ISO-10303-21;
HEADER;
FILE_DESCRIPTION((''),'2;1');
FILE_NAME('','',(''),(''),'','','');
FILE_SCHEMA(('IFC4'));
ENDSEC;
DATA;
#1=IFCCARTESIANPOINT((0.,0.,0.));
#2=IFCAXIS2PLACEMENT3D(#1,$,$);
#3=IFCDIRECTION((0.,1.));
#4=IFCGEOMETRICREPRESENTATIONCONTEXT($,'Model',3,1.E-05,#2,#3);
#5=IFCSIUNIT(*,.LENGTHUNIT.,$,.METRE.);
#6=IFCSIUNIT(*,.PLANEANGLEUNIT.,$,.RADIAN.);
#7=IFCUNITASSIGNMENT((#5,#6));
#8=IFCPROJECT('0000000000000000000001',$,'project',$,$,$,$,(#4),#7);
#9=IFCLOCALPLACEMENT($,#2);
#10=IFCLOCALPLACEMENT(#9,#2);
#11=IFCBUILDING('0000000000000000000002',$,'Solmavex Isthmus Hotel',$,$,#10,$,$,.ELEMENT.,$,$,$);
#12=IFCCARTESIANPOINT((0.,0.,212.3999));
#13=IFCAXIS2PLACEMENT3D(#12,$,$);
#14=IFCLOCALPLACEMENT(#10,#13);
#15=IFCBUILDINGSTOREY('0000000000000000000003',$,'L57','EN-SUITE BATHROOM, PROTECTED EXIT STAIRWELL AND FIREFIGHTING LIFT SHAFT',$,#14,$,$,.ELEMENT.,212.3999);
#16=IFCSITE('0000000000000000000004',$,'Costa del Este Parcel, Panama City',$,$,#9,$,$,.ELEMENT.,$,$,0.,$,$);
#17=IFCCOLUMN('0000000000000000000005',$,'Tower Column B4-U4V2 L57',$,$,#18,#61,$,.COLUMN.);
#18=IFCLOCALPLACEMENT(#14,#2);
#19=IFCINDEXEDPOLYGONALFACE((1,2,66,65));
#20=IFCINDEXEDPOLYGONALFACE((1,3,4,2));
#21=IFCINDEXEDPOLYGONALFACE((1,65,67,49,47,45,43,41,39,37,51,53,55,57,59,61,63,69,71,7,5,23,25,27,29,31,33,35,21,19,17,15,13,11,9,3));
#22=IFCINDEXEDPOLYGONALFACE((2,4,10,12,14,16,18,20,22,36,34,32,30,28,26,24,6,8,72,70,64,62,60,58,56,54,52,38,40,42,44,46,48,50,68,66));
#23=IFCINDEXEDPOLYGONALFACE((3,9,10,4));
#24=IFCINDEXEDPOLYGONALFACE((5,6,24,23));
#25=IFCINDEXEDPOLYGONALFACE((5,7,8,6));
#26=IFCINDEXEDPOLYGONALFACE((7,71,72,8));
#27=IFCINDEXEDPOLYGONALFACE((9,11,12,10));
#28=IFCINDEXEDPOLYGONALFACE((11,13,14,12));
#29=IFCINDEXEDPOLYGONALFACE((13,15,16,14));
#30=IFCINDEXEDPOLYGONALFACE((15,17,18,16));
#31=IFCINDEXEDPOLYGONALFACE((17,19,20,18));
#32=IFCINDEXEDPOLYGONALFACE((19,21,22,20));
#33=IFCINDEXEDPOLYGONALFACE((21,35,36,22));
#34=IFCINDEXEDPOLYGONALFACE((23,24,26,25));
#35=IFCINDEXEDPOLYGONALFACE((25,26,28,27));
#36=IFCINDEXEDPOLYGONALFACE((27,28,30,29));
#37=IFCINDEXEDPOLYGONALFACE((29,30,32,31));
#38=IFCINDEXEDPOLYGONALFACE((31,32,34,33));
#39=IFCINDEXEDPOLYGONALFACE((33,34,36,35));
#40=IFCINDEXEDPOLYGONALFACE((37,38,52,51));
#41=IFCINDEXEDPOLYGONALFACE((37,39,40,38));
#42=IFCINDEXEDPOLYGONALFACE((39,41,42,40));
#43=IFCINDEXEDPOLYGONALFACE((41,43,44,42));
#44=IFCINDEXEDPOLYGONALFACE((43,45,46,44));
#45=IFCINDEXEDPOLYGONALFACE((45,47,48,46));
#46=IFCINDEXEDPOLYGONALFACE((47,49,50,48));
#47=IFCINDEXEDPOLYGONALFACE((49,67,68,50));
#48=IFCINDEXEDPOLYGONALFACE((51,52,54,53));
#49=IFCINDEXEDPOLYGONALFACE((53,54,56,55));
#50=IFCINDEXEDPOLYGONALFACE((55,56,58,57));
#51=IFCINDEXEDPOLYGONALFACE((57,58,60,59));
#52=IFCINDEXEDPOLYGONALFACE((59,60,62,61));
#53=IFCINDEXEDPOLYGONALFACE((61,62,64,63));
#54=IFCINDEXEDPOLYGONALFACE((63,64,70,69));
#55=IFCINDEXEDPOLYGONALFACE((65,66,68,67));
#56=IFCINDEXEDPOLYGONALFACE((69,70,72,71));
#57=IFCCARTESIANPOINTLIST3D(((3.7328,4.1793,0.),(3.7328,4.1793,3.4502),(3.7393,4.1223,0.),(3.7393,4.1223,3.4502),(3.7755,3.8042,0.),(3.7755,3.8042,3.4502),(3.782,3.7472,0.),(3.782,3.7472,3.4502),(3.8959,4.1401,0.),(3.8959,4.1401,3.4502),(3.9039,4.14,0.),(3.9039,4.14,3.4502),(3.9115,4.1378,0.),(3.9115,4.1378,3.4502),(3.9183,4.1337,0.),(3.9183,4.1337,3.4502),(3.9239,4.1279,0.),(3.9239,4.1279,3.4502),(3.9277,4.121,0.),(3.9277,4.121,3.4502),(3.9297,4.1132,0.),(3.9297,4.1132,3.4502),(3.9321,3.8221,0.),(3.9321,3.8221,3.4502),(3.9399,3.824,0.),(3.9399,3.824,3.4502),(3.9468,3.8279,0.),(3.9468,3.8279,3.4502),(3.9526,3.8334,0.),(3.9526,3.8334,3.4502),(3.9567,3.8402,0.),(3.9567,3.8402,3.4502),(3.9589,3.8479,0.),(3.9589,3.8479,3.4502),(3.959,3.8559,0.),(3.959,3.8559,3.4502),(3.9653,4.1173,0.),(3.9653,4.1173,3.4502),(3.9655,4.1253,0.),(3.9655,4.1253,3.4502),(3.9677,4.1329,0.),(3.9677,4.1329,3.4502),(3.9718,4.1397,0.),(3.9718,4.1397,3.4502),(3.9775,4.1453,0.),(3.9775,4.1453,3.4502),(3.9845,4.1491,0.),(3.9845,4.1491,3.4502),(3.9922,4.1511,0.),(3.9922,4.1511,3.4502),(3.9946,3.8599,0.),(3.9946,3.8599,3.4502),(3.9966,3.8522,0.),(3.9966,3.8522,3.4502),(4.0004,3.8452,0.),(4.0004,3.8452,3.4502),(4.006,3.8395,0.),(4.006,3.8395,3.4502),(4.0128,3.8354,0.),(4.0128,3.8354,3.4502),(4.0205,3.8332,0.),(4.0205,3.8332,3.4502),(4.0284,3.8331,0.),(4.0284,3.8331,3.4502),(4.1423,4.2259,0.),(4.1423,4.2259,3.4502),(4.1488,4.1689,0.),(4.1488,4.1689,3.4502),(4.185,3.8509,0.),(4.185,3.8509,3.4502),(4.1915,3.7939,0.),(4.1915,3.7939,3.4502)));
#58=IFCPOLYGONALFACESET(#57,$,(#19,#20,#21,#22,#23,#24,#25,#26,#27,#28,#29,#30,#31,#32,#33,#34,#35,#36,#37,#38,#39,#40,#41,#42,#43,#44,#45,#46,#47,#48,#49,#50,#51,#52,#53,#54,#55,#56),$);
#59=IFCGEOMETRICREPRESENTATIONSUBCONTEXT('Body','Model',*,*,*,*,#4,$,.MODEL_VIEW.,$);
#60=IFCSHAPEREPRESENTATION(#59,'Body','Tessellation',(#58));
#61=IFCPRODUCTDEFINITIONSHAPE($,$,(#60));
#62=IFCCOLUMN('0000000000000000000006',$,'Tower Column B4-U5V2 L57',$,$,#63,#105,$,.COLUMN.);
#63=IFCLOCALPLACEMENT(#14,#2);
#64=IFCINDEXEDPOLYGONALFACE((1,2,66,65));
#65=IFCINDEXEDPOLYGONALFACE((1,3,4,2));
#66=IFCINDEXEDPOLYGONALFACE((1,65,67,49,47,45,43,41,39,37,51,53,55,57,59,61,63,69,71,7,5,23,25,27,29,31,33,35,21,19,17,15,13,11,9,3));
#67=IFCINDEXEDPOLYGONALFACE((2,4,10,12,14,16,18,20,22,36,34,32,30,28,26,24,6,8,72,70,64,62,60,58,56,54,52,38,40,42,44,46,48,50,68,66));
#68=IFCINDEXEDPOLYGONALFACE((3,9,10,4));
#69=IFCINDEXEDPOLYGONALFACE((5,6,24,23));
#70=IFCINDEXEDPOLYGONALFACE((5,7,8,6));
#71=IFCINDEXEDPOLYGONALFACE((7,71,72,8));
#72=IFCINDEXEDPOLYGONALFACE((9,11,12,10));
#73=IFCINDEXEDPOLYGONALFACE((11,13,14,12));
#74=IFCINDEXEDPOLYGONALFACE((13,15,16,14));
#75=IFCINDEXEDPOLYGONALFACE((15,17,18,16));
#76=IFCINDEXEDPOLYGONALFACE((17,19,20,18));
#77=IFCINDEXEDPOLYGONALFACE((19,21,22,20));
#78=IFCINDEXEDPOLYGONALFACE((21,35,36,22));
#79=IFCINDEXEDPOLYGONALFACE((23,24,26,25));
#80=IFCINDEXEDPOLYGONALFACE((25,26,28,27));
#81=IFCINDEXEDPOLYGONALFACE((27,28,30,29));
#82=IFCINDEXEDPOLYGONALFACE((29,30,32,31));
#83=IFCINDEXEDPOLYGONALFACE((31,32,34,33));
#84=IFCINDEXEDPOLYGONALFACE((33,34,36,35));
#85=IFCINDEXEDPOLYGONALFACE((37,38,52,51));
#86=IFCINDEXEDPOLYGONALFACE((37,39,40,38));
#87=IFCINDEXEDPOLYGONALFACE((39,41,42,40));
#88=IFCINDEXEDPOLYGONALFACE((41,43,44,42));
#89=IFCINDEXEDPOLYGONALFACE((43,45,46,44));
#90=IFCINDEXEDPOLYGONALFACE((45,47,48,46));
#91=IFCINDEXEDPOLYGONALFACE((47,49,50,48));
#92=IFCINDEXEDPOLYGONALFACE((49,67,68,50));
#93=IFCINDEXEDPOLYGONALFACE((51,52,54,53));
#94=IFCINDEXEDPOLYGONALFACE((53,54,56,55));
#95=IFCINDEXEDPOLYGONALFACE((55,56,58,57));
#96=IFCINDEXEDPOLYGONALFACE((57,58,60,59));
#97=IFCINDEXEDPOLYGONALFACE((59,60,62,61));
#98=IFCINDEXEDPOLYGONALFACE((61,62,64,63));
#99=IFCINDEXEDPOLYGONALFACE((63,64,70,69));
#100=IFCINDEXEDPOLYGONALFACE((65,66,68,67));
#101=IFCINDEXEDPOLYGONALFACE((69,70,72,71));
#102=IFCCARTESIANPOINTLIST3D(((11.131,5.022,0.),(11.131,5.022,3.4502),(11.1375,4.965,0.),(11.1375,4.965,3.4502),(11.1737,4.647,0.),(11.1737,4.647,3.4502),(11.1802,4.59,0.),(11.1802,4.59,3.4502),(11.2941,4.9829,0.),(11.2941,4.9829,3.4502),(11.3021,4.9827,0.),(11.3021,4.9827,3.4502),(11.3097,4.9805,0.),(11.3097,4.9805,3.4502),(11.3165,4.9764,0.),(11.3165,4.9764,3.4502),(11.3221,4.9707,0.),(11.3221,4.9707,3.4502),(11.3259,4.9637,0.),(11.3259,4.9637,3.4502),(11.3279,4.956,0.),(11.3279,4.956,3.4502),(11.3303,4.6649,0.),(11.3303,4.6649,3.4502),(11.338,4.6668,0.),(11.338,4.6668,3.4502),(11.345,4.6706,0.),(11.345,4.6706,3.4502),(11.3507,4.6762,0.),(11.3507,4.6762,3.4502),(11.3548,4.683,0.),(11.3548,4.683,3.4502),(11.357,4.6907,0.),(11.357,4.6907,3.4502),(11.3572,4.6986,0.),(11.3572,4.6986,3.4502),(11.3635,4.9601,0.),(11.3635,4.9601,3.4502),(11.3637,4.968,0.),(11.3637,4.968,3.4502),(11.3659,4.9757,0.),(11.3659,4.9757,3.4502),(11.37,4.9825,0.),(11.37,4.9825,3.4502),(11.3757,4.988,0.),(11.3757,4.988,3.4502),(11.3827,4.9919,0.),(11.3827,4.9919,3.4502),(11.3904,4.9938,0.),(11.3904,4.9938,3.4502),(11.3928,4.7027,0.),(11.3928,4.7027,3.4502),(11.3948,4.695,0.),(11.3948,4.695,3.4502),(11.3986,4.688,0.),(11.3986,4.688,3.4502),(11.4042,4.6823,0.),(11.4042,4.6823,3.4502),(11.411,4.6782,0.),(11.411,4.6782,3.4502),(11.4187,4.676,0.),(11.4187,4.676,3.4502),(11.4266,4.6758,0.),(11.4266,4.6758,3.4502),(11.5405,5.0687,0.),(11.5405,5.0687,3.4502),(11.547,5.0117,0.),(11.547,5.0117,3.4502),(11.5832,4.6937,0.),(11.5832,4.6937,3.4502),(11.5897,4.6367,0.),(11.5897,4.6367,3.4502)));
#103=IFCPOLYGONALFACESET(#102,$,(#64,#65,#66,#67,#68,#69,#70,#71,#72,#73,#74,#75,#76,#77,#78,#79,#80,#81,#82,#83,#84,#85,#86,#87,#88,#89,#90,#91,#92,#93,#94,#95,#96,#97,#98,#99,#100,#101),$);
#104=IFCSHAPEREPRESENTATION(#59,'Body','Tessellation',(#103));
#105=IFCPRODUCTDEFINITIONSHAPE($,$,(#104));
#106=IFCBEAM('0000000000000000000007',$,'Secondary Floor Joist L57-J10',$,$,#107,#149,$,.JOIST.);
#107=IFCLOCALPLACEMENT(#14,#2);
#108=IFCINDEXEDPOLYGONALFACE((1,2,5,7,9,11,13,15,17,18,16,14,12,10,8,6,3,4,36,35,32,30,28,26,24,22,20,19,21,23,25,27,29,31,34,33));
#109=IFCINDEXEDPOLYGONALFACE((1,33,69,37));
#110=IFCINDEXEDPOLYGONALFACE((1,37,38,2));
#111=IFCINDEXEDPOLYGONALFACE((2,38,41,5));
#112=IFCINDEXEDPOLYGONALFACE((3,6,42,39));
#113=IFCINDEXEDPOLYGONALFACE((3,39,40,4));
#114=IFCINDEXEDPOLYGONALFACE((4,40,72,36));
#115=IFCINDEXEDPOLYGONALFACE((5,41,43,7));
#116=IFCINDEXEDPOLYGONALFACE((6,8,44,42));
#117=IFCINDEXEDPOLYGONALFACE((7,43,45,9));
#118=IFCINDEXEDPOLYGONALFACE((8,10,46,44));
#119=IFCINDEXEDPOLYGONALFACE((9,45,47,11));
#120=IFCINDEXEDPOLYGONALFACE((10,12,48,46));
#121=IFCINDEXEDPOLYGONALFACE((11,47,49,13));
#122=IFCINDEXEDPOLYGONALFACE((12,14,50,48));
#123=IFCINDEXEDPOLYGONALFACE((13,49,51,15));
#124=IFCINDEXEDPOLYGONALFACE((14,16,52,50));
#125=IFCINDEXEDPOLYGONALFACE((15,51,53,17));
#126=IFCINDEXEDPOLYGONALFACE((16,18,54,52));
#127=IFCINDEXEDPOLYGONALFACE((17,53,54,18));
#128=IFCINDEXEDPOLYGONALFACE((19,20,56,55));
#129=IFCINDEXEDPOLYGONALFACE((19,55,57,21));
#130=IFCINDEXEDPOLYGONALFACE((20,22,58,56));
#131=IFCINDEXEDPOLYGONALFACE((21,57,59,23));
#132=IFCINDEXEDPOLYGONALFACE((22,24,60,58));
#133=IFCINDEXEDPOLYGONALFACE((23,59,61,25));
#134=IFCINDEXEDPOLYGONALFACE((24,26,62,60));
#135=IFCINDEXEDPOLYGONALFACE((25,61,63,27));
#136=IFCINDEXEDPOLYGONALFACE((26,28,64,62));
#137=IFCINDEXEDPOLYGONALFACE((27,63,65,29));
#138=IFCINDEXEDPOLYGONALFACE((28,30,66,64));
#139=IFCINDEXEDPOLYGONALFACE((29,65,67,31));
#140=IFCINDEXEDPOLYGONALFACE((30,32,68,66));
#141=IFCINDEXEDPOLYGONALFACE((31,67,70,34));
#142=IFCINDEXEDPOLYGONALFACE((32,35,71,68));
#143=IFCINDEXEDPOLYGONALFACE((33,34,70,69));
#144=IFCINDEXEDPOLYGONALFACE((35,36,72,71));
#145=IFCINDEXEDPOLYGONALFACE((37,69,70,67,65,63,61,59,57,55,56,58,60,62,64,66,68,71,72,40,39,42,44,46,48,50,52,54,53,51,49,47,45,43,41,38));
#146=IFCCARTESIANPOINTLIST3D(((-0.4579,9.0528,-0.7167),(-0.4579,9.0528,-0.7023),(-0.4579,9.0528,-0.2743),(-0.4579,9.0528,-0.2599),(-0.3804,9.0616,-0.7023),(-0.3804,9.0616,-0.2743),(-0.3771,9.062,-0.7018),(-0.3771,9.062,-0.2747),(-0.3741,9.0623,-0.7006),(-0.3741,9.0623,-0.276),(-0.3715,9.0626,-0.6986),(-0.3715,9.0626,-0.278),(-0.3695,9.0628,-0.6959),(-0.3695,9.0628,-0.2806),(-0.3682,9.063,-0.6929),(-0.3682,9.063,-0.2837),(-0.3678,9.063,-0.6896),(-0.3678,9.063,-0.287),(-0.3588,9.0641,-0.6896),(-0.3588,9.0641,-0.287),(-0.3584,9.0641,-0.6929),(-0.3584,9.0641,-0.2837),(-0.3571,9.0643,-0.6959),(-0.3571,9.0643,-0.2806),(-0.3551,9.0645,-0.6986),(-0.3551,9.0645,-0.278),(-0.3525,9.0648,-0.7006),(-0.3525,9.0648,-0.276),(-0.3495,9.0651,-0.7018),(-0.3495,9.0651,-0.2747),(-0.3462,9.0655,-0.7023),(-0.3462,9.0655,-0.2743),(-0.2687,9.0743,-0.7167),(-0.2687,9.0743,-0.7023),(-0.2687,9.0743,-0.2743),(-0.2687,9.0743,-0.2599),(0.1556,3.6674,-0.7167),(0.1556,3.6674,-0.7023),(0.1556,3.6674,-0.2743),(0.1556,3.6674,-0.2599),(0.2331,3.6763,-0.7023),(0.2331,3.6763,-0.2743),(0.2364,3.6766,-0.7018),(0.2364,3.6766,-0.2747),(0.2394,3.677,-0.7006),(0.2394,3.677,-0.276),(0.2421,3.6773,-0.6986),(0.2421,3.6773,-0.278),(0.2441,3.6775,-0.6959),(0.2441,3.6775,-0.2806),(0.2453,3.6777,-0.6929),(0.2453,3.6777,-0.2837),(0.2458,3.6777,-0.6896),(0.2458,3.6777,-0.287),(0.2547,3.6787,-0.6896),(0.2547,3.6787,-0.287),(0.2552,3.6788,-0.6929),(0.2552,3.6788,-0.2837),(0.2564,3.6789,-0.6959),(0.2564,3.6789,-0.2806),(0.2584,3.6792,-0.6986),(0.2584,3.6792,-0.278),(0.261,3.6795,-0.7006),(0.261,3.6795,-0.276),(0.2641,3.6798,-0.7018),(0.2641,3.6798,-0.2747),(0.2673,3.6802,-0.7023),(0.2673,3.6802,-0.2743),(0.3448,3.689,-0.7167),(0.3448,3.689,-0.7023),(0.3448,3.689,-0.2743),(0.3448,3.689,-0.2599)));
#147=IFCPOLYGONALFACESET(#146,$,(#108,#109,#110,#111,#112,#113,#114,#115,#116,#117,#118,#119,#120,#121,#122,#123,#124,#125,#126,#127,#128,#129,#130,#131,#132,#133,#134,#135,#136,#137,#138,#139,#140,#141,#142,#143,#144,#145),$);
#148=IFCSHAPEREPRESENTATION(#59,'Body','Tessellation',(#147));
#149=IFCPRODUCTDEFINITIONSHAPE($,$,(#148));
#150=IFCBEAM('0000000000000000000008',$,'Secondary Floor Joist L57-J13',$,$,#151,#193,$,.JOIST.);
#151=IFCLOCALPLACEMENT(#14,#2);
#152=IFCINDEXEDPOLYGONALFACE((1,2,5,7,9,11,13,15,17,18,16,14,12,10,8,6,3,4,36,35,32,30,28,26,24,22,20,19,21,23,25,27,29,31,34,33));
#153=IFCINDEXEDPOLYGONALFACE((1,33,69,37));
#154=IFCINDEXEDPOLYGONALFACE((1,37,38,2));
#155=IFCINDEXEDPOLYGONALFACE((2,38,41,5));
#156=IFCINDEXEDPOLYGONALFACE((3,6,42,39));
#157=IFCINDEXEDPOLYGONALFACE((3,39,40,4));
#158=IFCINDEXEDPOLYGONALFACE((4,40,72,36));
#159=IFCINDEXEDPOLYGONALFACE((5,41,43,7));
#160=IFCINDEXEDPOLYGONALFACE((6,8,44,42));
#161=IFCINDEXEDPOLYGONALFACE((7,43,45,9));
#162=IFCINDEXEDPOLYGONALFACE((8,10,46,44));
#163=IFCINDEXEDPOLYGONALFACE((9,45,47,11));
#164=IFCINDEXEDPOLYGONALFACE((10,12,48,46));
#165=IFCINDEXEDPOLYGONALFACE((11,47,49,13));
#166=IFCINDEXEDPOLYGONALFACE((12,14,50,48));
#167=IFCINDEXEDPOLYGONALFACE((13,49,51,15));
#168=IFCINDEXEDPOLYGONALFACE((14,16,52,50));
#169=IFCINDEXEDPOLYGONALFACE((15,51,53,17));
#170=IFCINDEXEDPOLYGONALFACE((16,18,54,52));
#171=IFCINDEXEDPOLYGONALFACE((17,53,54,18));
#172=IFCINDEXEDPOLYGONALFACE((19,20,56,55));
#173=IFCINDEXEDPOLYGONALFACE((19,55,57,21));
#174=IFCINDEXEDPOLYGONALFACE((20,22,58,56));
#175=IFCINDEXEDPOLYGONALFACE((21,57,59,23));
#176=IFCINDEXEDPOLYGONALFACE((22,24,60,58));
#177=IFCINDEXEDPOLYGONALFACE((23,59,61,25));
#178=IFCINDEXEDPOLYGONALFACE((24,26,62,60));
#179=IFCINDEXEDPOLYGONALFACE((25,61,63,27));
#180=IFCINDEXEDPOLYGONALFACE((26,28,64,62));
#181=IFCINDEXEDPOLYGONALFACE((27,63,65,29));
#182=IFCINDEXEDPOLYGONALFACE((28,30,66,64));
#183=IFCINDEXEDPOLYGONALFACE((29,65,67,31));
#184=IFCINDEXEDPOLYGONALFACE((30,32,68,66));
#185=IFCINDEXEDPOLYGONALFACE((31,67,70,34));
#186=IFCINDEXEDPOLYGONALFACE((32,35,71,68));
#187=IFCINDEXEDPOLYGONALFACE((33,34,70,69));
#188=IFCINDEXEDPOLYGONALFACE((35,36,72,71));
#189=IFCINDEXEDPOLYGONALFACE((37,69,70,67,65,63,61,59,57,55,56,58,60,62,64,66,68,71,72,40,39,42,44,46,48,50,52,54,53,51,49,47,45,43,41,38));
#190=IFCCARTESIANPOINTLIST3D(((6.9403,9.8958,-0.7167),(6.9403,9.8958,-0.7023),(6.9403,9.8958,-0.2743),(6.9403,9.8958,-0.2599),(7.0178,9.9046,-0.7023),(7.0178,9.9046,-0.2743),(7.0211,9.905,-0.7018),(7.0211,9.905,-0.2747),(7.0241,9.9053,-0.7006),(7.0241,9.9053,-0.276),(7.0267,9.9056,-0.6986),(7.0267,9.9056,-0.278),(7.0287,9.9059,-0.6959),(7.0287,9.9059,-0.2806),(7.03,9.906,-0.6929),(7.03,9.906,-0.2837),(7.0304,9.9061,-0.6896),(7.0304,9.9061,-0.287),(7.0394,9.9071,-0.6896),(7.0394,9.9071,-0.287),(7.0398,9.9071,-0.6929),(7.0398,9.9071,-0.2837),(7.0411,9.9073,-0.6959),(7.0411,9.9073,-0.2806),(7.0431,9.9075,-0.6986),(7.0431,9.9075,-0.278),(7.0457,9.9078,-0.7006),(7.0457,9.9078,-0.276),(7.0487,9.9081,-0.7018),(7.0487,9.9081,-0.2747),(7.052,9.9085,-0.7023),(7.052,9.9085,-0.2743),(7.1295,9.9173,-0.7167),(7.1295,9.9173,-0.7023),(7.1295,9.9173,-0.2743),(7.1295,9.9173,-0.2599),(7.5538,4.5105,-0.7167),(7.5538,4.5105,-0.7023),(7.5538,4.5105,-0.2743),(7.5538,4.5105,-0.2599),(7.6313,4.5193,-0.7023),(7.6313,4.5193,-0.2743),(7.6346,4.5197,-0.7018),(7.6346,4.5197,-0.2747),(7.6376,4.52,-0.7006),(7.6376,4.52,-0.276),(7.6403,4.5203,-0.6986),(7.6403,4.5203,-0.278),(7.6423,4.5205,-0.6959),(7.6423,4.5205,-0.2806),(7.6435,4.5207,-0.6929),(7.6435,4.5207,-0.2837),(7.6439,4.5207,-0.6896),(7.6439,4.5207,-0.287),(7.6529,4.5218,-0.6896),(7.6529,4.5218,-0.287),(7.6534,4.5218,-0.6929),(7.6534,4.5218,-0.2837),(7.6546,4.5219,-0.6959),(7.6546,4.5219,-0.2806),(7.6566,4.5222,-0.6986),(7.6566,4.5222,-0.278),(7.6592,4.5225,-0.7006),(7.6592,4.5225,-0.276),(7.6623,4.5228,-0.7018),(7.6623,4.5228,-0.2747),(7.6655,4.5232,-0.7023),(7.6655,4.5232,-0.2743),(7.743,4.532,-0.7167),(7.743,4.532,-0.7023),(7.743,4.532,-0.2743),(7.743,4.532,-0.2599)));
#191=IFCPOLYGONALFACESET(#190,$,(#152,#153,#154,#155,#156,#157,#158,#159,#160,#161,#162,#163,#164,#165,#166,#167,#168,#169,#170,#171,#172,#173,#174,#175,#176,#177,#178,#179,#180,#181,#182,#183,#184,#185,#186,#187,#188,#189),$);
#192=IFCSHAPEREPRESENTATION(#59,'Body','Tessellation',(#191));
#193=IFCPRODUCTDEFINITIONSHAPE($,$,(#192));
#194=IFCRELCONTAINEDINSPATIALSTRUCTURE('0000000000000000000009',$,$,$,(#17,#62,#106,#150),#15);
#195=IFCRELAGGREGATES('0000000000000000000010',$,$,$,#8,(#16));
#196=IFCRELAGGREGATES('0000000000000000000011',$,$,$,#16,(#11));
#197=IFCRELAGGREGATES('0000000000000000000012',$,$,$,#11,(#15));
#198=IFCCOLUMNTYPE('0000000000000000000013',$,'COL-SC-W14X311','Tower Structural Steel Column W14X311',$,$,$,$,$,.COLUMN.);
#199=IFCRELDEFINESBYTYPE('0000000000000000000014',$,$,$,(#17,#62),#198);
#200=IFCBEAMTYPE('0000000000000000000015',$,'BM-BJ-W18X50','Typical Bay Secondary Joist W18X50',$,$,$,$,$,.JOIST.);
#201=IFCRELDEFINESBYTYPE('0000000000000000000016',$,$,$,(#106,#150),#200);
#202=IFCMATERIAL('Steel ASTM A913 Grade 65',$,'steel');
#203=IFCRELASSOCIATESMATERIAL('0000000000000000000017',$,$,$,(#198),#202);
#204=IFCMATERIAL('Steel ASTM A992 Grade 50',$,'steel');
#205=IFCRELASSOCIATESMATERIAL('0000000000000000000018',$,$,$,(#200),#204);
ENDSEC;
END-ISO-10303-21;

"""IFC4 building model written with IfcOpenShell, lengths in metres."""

from ifc_helpers import new_model, si_unit, direction, frame, origin, origin_2d, place, context, subcontext, project, spatial, i_section, extrude, material, material_profile, profile_set, type_object, element, save


model = new_model("IFC4")

# Units and contexts
model_context = context("Model", 3, precision=1e-05, world=origin(), true_north=direction((0.0, 1.0)))
body_context = subcontext(model_context, "Body", "Model", "MODEL_VIEW")
ifc_project = project(units=[si_unit("LENGTHUNIT", "METRE"), si_unit("PLANEANGLEUNIT", "RADIAN")], contexts=[model_context])

# Site, building, storey
site_placement = place(None, origin())
site = spatial("IfcSite", under=ifc_project, at=site_placement, Name="Costa del Este Parcel, Panama City", CompositionType="ELEMENT", RefElevation=0.0)
building_placement = place(site_placement, origin())
building = spatial("IfcBuilding", under=site, at=building_placement, Name="Solmavex Isthmus Hotel", CompositionType="ELEMENT")
storey_placement = place(building_placement, frame((0.0, 0.0, 212.3999)))
storey = spatial("IfcBuildingStorey", under=building, at=storey_placement, Name="L57", Description="EN-SUITE BATHROOM, PROTECTED EXIT STAIRWELL AND FIREFIGHTING LIFT SHAFT", CompositionType="ELEMENT", Elevation=212.3999)

# Columns
ifc_material_1 = material(Name="Steel ASTM A913 Grade 65", Category="steel")
ifc_material_profile_1 = material_profile(ifc_material_1, i_section(OverallWidth=0.4121, OverallDepth=0.4348, WebThickness=0.0359, FlangeThickness=0.0574, FilletRadius=0.0305, at=origin_2d()), Name="W14X311")
ifc_profile_set_1 = profile_set([ifc_material_profile_1], Name="Steel ASTM A913 Grade 65")
column_type = type_object("IfcColumnType", Name="COL-SC-W14X311", Description="Tower Structural Steel Column W14X311", PredefinedType="COLUMN", material=ifc_profile_set_1)
for number, where, z_axis, x_axis, name in (
    (1, (3.9622, 3.9866, 0.0), (0.0, 0.0, 1.0), (0.993572, 0.113203, 0.0), "Tower Column B4-U4V2 L57"),
    (2, (11.3604, 4.8293, 0.0), (0.0, 0.0, 1.0), (0.993572, 0.113203, 0.0), "Tower Column B4-U5V2 L57"),
):
    element("IfcColumn", number, at=place(storey_placement, frame(where, z_axis=z_axis, x_axis=x_axis)), inside=storey, type_object=column_type, Name=name, PredefinedType="COLUMN", context=body_context, shape_type="SweptSolid", body=[
        extrude(i_section(OverallWidth=0.4121, OverallDepth=0.4348, WebThickness=0.0359, FlangeThickness=0.0574, FilletRadius=0.0305, at=origin_2d()), origin(), (0.0, 0.0, 1.0), 3.4502),
    ])

# Beams
ifc_material_2 = material(Name="Steel ASTM A992 Grade 50", Category="steel")
ifc_material_profile_2 = material_profile(ifc_material_2, i_section(OverallWidth=0.1904, OverallDepth=0.4568, WebThickness=0.009, FlangeThickness=0.0144, FilletRadius=0.0127, at=origin_2d()), Name="W18X50")
ifc_profile_set_2 = profile_set([ifc_material_profile_2], Name="Steel ASTM A992 Grade 50")
beam_type_1 = type_object("IfcBeamType", Name="BM-BJ-W18X50", Description="Typical Bay Secondary Joist W18X50", PredefinedType="JOIST", material=ifc_profile_set_2)
for number, where, z_axis, x_axis, name in (
    (3, (0.2502, 3.6782, -0.4883), (-0.113195, 0.993573, 0.0), (-0.993573, -0.113195, 0.0), "Secondary Floor Joist L57-J10"),
    (4, (7.6484, 4.5212, -0.4883), (-0.113195, 0.993573, 0.0), (-0.993573, -0.113195, 0.0), "Secondary Floor Joist L57-J13"),
):
    element("IfcBeam", number, at=place(storey_placement, frame(where, z_axis=z_axis, x_axis=x_axis)), inside=storey, type_object=beam_type_1, Name=name, PredefinedType="JOIST", context=body_context, shape_type="SweptSolid", body=[
        extrude(i_section(OverallWidth=0.1904, OverallDepth=0.4568, WebThickness=0.009, FlangeThickness=0.0144, FilletRadius=0.0127, at=origin_2d()), origin(), (0.0, 0.0, 1.0), 5.4202),
    ])

save(model, "model.ifc")
